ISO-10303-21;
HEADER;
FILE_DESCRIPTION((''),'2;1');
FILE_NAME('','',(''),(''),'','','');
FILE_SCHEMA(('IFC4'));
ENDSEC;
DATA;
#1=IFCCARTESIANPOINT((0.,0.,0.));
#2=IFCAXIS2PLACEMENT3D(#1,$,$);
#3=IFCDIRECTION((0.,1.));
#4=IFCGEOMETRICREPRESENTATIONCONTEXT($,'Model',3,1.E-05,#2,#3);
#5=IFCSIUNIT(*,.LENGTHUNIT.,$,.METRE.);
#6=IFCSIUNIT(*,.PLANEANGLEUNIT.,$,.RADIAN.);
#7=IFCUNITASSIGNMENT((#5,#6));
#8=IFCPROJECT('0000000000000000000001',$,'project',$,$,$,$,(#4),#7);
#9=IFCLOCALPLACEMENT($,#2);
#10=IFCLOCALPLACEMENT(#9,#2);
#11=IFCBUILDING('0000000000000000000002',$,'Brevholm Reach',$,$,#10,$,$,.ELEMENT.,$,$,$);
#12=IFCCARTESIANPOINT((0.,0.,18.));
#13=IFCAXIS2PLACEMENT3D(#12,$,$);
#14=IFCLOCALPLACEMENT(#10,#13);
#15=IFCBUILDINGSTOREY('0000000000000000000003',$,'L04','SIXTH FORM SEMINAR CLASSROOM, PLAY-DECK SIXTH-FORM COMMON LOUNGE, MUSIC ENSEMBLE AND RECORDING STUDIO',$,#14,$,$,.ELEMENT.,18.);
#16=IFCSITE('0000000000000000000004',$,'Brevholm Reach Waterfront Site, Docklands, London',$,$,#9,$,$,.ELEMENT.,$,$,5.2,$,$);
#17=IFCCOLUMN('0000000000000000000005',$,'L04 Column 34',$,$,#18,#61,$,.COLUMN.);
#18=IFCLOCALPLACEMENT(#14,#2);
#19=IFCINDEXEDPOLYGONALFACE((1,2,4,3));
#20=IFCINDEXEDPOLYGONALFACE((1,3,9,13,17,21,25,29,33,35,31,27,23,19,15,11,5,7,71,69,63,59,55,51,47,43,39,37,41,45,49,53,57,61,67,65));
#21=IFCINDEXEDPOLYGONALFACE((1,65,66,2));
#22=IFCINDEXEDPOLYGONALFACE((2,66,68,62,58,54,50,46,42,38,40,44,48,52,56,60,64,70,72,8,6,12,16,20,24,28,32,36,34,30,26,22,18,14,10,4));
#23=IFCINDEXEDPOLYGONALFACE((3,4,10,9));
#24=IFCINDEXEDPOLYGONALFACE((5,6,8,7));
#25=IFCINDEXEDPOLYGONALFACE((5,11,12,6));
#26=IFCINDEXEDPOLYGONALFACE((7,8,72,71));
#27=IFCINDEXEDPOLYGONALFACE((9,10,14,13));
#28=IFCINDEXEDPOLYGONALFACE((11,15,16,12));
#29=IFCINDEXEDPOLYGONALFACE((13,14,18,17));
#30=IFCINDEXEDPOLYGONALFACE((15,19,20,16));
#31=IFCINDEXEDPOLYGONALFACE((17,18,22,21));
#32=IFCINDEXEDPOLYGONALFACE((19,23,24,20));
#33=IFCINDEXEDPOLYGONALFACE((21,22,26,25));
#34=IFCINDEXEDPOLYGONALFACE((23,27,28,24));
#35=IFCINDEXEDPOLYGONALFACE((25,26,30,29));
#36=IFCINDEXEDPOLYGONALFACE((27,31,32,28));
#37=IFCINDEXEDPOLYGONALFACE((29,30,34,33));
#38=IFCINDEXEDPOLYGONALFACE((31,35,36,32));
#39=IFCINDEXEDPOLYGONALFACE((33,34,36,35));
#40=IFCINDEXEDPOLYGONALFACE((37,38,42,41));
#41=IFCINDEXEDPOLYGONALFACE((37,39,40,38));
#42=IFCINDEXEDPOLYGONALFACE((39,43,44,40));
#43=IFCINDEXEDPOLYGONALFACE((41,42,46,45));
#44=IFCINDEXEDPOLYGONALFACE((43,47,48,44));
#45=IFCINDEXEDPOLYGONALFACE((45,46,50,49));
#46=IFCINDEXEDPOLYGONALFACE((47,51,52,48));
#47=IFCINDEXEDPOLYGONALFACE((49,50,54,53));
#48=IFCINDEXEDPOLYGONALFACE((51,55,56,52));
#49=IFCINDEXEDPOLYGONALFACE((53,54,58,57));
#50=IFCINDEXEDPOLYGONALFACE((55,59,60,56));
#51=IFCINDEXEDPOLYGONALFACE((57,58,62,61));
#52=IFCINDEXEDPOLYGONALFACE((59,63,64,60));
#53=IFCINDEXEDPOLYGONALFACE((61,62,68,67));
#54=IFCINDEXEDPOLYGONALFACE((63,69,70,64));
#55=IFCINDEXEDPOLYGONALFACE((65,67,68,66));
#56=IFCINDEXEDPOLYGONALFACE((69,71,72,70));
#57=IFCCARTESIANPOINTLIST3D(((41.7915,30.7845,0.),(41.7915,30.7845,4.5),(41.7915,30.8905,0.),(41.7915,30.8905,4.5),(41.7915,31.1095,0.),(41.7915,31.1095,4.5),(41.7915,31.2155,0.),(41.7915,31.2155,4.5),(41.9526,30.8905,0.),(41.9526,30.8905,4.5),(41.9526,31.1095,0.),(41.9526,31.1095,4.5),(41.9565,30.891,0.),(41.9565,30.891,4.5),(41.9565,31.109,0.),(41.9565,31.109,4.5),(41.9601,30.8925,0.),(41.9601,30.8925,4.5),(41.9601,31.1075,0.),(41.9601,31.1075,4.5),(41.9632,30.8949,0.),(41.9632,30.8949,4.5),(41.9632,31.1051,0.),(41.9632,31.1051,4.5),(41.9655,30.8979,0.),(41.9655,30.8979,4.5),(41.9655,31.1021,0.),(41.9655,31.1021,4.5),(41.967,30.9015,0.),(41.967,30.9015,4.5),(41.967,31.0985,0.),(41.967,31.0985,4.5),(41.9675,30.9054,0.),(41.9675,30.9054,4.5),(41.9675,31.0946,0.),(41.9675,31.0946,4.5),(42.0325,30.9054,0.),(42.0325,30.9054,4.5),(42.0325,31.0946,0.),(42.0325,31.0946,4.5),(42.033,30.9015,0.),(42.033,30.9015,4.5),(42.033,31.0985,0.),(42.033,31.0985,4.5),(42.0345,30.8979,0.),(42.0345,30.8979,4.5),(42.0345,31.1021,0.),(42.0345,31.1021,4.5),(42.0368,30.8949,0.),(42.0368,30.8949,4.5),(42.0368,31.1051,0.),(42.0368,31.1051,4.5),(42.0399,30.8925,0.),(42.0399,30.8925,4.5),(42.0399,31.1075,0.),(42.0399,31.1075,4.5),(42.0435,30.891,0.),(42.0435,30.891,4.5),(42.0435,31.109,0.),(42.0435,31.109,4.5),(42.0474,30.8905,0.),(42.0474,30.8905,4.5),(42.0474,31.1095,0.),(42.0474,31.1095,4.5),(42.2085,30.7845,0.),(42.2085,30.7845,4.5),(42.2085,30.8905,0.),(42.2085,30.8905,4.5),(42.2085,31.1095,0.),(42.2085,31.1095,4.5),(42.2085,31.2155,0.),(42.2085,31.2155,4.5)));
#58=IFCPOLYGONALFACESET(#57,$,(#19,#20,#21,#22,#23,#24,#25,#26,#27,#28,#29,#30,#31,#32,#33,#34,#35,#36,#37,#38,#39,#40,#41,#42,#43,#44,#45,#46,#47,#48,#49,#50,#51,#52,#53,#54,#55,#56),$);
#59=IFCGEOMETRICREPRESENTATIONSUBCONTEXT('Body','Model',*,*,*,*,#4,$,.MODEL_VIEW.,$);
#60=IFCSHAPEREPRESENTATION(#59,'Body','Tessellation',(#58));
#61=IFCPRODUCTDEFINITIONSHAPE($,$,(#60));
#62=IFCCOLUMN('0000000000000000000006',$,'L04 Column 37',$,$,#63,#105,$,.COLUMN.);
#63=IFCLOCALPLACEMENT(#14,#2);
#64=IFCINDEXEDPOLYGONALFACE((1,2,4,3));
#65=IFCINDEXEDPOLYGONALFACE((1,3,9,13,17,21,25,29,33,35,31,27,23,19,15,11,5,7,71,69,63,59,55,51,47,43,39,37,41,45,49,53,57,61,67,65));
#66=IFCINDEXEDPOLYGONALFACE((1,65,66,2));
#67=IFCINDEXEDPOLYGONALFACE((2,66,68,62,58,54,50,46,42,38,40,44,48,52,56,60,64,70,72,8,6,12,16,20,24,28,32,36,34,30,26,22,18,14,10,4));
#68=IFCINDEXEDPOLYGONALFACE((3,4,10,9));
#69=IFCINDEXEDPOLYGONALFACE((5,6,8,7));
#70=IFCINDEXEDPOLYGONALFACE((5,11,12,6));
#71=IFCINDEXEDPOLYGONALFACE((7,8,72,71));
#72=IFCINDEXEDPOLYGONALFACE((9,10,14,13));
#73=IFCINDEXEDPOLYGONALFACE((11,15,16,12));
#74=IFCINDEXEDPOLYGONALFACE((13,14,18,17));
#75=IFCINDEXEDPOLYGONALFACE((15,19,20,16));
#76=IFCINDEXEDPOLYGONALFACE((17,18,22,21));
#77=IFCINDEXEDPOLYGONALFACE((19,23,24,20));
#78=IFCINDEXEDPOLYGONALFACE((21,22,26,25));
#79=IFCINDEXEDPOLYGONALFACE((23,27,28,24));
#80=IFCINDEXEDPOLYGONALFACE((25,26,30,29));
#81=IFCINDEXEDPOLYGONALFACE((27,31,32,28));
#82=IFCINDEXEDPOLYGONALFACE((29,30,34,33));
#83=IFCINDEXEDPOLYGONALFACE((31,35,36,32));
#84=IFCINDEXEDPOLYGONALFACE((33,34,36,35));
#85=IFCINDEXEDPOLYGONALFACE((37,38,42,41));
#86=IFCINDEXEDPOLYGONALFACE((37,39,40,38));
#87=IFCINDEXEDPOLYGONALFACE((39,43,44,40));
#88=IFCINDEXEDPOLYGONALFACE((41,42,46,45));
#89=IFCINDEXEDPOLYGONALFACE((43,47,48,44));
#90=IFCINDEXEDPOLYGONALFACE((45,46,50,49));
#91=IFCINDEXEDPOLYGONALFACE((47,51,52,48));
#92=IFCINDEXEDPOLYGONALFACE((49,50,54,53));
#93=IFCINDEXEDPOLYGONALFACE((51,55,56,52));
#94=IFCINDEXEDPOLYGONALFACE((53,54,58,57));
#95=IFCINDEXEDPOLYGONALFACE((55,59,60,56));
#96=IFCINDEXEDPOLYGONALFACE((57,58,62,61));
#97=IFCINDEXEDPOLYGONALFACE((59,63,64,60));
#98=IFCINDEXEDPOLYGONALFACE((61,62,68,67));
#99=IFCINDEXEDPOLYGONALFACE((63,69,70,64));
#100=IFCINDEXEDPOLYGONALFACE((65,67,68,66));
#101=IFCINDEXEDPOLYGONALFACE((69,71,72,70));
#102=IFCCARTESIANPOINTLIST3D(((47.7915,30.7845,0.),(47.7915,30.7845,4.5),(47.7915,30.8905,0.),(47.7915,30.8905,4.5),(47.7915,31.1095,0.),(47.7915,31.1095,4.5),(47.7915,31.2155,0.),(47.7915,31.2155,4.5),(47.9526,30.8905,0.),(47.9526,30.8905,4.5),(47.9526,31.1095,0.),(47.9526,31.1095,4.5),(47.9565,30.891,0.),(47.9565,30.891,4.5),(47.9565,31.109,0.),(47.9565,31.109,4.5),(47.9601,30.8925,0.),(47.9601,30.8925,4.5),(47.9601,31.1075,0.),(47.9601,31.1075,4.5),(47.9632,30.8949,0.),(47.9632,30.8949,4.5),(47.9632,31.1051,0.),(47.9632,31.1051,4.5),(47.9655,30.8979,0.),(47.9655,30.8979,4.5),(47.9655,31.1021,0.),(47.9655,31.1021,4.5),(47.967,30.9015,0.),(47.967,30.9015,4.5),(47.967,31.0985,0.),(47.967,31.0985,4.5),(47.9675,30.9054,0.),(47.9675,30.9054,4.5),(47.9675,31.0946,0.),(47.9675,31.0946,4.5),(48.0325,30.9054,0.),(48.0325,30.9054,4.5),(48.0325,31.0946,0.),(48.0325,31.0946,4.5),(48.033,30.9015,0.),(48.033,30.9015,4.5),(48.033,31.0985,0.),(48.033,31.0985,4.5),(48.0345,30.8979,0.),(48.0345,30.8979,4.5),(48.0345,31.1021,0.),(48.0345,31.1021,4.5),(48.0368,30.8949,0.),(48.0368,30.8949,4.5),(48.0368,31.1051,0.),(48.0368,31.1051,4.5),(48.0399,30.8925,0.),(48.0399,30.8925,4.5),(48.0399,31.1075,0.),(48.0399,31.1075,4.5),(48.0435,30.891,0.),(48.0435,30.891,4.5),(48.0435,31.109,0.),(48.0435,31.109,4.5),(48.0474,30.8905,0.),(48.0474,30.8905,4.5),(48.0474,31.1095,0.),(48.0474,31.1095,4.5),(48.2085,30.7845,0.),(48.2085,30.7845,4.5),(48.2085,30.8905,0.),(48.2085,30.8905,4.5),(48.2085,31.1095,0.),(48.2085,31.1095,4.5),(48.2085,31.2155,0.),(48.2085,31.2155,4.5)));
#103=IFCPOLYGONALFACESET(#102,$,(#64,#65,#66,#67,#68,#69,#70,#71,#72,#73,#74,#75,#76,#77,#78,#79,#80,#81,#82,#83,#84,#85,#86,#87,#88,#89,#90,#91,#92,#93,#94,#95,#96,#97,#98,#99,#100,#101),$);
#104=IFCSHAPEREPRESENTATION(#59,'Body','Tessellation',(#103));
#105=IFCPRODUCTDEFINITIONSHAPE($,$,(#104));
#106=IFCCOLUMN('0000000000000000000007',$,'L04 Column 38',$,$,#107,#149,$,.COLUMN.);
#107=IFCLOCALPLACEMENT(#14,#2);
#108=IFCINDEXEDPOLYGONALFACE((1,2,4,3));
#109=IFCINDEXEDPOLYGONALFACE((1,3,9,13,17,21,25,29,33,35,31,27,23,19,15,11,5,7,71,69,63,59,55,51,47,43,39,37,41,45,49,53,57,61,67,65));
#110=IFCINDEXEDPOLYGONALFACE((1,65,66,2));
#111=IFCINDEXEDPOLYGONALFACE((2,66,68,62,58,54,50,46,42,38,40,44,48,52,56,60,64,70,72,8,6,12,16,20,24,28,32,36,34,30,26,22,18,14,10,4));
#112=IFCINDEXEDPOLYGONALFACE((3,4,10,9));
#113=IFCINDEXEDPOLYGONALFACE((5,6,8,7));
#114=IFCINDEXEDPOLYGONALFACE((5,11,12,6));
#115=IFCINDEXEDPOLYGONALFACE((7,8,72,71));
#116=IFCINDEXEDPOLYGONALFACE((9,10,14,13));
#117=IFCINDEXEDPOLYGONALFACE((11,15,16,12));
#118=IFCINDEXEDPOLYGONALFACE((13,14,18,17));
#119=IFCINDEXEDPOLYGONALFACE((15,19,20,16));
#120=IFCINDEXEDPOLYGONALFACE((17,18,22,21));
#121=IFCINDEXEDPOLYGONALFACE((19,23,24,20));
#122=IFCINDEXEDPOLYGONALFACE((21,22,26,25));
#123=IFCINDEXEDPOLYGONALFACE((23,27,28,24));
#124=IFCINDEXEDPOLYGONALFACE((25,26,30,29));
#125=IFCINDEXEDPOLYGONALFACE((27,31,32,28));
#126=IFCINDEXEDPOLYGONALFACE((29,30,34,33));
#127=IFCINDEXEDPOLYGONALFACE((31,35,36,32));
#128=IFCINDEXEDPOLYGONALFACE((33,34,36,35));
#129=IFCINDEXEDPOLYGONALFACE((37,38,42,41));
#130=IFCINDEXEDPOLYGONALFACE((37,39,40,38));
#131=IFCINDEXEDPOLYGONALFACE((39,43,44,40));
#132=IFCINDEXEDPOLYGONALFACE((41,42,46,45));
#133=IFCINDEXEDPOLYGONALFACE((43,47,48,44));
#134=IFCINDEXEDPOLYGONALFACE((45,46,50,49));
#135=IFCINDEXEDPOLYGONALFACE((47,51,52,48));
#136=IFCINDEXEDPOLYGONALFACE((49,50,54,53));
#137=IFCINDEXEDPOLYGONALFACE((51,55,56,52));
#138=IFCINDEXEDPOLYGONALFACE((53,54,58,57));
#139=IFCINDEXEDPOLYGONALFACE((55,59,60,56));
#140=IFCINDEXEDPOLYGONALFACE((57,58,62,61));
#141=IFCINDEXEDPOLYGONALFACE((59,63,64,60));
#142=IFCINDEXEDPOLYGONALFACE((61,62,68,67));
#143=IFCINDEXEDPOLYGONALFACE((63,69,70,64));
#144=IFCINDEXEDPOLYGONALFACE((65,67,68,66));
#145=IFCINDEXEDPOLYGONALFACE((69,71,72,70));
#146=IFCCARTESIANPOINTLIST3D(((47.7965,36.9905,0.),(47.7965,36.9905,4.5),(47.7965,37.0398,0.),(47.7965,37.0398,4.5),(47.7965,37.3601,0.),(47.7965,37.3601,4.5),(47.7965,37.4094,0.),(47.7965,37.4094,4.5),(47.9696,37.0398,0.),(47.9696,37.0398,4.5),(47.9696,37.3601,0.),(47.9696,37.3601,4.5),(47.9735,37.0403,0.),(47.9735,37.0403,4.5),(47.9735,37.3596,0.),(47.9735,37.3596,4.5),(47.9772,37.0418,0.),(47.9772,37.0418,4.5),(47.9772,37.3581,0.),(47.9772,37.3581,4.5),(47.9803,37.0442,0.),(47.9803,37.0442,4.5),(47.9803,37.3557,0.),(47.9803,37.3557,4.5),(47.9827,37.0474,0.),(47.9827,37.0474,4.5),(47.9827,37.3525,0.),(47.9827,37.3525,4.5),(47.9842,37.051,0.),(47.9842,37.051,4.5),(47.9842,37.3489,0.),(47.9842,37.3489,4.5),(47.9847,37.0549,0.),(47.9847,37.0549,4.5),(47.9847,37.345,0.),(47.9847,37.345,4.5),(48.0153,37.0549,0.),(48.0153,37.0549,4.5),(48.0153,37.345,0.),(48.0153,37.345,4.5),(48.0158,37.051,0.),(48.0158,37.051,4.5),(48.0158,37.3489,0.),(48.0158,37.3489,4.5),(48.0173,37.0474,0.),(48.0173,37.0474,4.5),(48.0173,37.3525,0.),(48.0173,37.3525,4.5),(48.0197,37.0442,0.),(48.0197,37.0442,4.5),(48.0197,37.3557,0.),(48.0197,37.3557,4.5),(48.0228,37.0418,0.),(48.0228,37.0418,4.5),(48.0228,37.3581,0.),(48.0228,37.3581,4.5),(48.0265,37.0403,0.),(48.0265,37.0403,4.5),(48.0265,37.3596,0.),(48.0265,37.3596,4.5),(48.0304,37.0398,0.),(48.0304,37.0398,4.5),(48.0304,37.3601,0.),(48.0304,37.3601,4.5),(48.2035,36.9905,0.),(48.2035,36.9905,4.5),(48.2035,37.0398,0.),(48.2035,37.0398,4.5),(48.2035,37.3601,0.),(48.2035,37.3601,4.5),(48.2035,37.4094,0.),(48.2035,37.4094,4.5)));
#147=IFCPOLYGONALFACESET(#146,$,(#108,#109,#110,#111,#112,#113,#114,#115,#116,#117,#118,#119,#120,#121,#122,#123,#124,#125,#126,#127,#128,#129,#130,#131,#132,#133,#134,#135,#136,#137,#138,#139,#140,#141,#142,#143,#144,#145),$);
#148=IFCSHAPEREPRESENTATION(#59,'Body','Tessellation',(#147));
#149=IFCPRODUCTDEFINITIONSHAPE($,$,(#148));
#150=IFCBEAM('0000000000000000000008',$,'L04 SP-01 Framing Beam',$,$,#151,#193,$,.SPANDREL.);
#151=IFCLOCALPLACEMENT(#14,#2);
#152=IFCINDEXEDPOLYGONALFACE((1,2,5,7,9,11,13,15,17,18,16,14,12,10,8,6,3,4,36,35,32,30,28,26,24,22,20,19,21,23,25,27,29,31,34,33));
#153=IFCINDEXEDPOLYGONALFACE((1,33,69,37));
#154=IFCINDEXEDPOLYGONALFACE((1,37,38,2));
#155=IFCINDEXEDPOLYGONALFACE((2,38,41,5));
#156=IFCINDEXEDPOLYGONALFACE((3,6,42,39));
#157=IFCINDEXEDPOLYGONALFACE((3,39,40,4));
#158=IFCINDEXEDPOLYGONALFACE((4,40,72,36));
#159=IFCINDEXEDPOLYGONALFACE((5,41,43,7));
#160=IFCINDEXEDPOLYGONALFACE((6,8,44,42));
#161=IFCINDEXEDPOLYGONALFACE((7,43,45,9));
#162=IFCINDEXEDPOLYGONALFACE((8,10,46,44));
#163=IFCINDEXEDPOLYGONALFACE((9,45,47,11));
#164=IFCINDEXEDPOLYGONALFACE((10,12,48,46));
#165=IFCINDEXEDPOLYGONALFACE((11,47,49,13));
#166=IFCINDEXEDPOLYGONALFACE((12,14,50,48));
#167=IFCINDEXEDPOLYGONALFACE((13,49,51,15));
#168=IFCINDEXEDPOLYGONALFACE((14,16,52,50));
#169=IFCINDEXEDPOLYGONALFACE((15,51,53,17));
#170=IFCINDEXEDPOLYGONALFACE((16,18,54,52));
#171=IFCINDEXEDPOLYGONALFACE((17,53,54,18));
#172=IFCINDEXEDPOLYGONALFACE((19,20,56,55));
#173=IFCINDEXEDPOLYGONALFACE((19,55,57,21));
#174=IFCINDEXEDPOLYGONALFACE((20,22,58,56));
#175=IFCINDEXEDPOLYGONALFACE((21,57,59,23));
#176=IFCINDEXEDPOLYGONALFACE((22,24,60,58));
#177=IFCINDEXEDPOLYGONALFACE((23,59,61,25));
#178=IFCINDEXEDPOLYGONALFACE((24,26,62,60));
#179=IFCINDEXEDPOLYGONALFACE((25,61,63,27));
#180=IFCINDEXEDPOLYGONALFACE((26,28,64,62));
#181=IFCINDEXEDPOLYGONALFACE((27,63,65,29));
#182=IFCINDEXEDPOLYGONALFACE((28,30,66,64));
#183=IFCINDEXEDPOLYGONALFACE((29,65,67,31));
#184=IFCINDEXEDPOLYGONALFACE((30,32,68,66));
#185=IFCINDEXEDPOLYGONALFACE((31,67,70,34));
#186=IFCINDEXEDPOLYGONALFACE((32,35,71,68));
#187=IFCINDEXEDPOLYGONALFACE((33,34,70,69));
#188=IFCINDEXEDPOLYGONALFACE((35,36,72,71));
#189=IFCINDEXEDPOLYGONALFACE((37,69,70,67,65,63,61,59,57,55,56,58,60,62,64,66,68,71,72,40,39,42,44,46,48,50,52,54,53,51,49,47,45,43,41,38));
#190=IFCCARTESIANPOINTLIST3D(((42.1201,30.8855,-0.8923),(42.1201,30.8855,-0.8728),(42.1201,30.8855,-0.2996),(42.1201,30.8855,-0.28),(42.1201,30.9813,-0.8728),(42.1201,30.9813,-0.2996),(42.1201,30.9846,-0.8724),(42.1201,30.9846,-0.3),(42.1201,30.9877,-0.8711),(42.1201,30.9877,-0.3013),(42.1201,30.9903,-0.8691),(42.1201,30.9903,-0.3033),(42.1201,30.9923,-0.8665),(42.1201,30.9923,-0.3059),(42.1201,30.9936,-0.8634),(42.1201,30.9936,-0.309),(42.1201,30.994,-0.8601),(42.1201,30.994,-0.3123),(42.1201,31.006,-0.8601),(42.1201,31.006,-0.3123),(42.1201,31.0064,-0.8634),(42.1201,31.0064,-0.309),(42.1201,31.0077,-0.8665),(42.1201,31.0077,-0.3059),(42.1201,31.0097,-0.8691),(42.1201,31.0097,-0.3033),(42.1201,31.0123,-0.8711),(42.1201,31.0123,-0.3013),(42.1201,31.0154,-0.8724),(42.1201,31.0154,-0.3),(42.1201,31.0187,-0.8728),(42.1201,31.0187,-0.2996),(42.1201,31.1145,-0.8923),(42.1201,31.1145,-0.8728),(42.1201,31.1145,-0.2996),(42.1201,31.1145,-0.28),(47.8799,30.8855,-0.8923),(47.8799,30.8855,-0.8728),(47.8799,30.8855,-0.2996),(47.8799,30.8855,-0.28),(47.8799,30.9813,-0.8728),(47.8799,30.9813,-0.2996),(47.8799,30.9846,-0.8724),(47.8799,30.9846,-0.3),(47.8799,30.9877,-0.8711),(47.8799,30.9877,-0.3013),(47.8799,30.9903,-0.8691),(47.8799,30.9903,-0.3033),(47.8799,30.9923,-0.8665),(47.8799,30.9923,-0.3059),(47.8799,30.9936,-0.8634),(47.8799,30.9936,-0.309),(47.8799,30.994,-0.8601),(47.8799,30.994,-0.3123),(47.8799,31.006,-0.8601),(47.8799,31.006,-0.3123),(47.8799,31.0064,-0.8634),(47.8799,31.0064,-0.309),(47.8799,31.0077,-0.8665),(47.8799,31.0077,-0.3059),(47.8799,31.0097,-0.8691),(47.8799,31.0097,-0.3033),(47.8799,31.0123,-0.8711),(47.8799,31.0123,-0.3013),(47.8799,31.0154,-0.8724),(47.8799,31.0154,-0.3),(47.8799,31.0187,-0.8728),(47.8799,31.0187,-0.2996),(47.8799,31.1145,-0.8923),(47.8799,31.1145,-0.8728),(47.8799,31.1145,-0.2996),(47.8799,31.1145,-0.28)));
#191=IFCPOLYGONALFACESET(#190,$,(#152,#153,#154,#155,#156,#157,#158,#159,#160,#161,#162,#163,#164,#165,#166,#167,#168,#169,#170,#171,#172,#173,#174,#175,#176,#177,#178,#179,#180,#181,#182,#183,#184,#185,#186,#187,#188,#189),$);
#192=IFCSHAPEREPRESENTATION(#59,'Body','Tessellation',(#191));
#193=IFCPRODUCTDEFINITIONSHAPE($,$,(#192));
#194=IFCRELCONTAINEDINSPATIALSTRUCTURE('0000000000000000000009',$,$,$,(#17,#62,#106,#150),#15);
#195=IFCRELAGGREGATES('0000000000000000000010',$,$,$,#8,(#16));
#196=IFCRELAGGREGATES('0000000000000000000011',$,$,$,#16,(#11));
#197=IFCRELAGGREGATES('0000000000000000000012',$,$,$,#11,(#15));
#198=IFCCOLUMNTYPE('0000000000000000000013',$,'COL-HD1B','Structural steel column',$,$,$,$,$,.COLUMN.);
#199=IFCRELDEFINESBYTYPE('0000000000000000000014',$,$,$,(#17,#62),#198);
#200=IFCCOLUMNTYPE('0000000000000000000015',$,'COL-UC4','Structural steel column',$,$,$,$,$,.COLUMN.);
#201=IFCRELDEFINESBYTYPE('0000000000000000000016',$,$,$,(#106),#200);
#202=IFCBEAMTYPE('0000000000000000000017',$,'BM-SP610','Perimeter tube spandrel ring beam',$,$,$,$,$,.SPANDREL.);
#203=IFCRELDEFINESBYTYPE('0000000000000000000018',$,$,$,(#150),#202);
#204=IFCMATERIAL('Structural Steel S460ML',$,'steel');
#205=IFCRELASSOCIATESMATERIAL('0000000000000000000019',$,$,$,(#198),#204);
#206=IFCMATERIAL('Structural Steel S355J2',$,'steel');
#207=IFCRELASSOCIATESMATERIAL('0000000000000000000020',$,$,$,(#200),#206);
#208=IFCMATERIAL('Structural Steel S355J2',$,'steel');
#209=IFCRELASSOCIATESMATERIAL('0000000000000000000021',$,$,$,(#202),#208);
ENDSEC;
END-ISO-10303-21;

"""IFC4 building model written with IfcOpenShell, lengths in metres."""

from ifc_helpers import new_model, si_unit, direction, frame, origin, origin_2d, place, context, subcontext, project, spatial, i_section, extrude, material, material_profile, profile_set, type_object, element, save


model = new_model("IFC4")

# Units and contexts
model_context = context("Model", 3, precision=1e-05, world=origin(), true_north=direction((0.0, 1.0)))
body_context = subcontext(model_context, "Body", "Model", "MODEL_VIEW")
ifc_project = project(units=[si_unit("LENGTHUNIT", "METRE"), si_unit("PLANEANGLEUNIT", "RADIAN")], contexts=[model_context])

# Site, building, storey
site_placement = place(None, origin())
site = spatial("IfcSite", under=ifc_project, at=site_placement, Name="Brevholm Reach Waterfront Site, Docklands, London", CompositionType="ELEMENT", RefElevation=5.2)
building_placement = place(site_placement, origin())
building = spatial("IfcBuilding", under=site, at=building_placement, Name="Brevholm Reach", CompositionType="ELEMENT")
storey_placement = place(building_placement, frame((0.0, 0.0, 18.0)))
storey = spatial("IfcBuildingStorey", under=building, at=storey_placement, Name="L04", Description="SIXTH FORM SEMINAR CLASSROOM, PLAY-DECK SIXTH-FORM COMMON LOUNGE, MUSIC ENSEMBLE AND RECORDING STUDIO", CompositionType="ELEMENT", Elevation=18.0)

# Columns
ifc_material_1 = material(Name="Structural Steel S460ML", Category="steel")
ifc_material_profile_1 = material_profile(ifc_material_1, i_section(OverallWidth=0.417, OverallDepth=0.4309, WebThickness=0.0649, FlangeThickness=0.106, FilletRadius=0.0149, at=origin_2d()), Name="HD 400x900")
ifc_profile_set_1 = profile_set([ifc_material_profile_1], Name="Structural Steel S460ML")
column_type_1 = type_object("IfcColumnType", Name="COL-HD1B", Description="Structural steel column", PredefinedType="COLUMN", material=ifc_profile_set_1)
for number, where, z_axis, x_axis, name in (
    (1, (42.0, 31.0, 0.0), (0.0, 0.0, 1.0), (1.0, 0.0, 0.0), "L04 Column 34"),
    (2, (48.0, 31.0, 0.0), (0.0, 0.0, 1.0), (1.0, 0.0, 0.0), "L04 Column 37"),
):
    element("IfcColumn", number, at=place(storey_placement, frame(where, z_axis=z_axis, x_axis=x_axis)), inside=storey, type_object=column_type_1, Name=name, PredefinedType="COLUMN", context=body_context, shape_type="SweptSolid", body=[
        extrude(i_section(OverallWidth=0.417, OverallDepth=0.4309, WebThickness=0.0649, FlangeThickness=0.106, FilletRadius=0.0149, at=origin_2d()), origin(), (0.0, 0.0, 1.0), 4.5),
    ])
ifc_material_2 = material(Name="Structural Steel S355J2", Category="steel")
ifc_material_profile_2 = material_profile(ifc_material_2, i_section(OverallWidth=0.407, OverallDepth=0.4189, WebThickness=0.0305, FlangeThickness=0.0493, FilletRadius=0.0151, at=origin_2d()), Name="UKC 356x406x393")
ifc_profile_set_2 = profile_set([ifc_material_profile_2], Name="Structural Steel S355J2")
column_type_2 = type_object("IfcColumnType", Name="COL-UC4", Description="Structural steel column", PredefinedType="COLUMN", material=ifc_profile_set_2)
column_placement = place(storey_placement, frame((48.0, 37.2, 0.0), z_axis=(0.0, 0.0, 1.0), x_axis=(1.0, 0.0, 0.0)))
element("IfcColumn", 3, at=column_placement, inside=storey, type_object=column_type_2, Name="L04 Column 38", PredefinedType="COLUMN", context=body_context, shape_type="SweptSolid", body=[
    extrude(i_section(OverallWidth=0.407, OverallDepth=0.4189, WebThickness=0.0305, FlangeThickness=0.0493, FilletRadius=0.0151, at=origin_2d()), origin(), (0.0, 0.0, 1.0), 4.5),
])

# Beam
ifc_material_3 = material(Name="Structural Steel S355J2", Category="steel")
ifc_material_profile_3 = material_profile(ifc_material_3, i_section(OverallWidth=0.229, OverallDepth=0.6123, WebThickness=0.012, FlangeThickness=0.0195, FilletRadius=0.0127, at=origin_2d()), Name="UKB 610x229x125")
ifc_profile_set_3 = profile_set([ifc_material_profile_3], Name="Structural Steel S355J2")
beam_type_1 = type_object("IfcBeamType", Name="BM-SP610", Description="Perimeter tube spandrel ring beam", PredefinedType="SPANDREL", material=ifc_profile_set_3)
for number, where, z_axis, x_axis, name in (
    (4, (42.1201, 31.0, -0.5862), (1.0, 0.0, 0.0), (0.0, 1.0, 0.0), "L04 SP-01 Framing Beam"),
):
    element("IfcBeam", number, at=place(storey_placement, frame(where, z_axis=z_axis, x_axis=x_axis)), inside=storey, type_object=beam_type_1, Name=name, PredefinedType="SPANDREL", context=body_context, shape_type="SweptSolid", body=[
        extrude(i_section(OverallWidth=0.229, OverallDepth=0.6123, WebThickness=0.012, FlangeThickness=0.0195, FilletRadius=0.0127, at=origin_2d()), origin(), (0.0, 0.0, 1.0), 5.7598),
    ])

save(model, "model.ifc")
